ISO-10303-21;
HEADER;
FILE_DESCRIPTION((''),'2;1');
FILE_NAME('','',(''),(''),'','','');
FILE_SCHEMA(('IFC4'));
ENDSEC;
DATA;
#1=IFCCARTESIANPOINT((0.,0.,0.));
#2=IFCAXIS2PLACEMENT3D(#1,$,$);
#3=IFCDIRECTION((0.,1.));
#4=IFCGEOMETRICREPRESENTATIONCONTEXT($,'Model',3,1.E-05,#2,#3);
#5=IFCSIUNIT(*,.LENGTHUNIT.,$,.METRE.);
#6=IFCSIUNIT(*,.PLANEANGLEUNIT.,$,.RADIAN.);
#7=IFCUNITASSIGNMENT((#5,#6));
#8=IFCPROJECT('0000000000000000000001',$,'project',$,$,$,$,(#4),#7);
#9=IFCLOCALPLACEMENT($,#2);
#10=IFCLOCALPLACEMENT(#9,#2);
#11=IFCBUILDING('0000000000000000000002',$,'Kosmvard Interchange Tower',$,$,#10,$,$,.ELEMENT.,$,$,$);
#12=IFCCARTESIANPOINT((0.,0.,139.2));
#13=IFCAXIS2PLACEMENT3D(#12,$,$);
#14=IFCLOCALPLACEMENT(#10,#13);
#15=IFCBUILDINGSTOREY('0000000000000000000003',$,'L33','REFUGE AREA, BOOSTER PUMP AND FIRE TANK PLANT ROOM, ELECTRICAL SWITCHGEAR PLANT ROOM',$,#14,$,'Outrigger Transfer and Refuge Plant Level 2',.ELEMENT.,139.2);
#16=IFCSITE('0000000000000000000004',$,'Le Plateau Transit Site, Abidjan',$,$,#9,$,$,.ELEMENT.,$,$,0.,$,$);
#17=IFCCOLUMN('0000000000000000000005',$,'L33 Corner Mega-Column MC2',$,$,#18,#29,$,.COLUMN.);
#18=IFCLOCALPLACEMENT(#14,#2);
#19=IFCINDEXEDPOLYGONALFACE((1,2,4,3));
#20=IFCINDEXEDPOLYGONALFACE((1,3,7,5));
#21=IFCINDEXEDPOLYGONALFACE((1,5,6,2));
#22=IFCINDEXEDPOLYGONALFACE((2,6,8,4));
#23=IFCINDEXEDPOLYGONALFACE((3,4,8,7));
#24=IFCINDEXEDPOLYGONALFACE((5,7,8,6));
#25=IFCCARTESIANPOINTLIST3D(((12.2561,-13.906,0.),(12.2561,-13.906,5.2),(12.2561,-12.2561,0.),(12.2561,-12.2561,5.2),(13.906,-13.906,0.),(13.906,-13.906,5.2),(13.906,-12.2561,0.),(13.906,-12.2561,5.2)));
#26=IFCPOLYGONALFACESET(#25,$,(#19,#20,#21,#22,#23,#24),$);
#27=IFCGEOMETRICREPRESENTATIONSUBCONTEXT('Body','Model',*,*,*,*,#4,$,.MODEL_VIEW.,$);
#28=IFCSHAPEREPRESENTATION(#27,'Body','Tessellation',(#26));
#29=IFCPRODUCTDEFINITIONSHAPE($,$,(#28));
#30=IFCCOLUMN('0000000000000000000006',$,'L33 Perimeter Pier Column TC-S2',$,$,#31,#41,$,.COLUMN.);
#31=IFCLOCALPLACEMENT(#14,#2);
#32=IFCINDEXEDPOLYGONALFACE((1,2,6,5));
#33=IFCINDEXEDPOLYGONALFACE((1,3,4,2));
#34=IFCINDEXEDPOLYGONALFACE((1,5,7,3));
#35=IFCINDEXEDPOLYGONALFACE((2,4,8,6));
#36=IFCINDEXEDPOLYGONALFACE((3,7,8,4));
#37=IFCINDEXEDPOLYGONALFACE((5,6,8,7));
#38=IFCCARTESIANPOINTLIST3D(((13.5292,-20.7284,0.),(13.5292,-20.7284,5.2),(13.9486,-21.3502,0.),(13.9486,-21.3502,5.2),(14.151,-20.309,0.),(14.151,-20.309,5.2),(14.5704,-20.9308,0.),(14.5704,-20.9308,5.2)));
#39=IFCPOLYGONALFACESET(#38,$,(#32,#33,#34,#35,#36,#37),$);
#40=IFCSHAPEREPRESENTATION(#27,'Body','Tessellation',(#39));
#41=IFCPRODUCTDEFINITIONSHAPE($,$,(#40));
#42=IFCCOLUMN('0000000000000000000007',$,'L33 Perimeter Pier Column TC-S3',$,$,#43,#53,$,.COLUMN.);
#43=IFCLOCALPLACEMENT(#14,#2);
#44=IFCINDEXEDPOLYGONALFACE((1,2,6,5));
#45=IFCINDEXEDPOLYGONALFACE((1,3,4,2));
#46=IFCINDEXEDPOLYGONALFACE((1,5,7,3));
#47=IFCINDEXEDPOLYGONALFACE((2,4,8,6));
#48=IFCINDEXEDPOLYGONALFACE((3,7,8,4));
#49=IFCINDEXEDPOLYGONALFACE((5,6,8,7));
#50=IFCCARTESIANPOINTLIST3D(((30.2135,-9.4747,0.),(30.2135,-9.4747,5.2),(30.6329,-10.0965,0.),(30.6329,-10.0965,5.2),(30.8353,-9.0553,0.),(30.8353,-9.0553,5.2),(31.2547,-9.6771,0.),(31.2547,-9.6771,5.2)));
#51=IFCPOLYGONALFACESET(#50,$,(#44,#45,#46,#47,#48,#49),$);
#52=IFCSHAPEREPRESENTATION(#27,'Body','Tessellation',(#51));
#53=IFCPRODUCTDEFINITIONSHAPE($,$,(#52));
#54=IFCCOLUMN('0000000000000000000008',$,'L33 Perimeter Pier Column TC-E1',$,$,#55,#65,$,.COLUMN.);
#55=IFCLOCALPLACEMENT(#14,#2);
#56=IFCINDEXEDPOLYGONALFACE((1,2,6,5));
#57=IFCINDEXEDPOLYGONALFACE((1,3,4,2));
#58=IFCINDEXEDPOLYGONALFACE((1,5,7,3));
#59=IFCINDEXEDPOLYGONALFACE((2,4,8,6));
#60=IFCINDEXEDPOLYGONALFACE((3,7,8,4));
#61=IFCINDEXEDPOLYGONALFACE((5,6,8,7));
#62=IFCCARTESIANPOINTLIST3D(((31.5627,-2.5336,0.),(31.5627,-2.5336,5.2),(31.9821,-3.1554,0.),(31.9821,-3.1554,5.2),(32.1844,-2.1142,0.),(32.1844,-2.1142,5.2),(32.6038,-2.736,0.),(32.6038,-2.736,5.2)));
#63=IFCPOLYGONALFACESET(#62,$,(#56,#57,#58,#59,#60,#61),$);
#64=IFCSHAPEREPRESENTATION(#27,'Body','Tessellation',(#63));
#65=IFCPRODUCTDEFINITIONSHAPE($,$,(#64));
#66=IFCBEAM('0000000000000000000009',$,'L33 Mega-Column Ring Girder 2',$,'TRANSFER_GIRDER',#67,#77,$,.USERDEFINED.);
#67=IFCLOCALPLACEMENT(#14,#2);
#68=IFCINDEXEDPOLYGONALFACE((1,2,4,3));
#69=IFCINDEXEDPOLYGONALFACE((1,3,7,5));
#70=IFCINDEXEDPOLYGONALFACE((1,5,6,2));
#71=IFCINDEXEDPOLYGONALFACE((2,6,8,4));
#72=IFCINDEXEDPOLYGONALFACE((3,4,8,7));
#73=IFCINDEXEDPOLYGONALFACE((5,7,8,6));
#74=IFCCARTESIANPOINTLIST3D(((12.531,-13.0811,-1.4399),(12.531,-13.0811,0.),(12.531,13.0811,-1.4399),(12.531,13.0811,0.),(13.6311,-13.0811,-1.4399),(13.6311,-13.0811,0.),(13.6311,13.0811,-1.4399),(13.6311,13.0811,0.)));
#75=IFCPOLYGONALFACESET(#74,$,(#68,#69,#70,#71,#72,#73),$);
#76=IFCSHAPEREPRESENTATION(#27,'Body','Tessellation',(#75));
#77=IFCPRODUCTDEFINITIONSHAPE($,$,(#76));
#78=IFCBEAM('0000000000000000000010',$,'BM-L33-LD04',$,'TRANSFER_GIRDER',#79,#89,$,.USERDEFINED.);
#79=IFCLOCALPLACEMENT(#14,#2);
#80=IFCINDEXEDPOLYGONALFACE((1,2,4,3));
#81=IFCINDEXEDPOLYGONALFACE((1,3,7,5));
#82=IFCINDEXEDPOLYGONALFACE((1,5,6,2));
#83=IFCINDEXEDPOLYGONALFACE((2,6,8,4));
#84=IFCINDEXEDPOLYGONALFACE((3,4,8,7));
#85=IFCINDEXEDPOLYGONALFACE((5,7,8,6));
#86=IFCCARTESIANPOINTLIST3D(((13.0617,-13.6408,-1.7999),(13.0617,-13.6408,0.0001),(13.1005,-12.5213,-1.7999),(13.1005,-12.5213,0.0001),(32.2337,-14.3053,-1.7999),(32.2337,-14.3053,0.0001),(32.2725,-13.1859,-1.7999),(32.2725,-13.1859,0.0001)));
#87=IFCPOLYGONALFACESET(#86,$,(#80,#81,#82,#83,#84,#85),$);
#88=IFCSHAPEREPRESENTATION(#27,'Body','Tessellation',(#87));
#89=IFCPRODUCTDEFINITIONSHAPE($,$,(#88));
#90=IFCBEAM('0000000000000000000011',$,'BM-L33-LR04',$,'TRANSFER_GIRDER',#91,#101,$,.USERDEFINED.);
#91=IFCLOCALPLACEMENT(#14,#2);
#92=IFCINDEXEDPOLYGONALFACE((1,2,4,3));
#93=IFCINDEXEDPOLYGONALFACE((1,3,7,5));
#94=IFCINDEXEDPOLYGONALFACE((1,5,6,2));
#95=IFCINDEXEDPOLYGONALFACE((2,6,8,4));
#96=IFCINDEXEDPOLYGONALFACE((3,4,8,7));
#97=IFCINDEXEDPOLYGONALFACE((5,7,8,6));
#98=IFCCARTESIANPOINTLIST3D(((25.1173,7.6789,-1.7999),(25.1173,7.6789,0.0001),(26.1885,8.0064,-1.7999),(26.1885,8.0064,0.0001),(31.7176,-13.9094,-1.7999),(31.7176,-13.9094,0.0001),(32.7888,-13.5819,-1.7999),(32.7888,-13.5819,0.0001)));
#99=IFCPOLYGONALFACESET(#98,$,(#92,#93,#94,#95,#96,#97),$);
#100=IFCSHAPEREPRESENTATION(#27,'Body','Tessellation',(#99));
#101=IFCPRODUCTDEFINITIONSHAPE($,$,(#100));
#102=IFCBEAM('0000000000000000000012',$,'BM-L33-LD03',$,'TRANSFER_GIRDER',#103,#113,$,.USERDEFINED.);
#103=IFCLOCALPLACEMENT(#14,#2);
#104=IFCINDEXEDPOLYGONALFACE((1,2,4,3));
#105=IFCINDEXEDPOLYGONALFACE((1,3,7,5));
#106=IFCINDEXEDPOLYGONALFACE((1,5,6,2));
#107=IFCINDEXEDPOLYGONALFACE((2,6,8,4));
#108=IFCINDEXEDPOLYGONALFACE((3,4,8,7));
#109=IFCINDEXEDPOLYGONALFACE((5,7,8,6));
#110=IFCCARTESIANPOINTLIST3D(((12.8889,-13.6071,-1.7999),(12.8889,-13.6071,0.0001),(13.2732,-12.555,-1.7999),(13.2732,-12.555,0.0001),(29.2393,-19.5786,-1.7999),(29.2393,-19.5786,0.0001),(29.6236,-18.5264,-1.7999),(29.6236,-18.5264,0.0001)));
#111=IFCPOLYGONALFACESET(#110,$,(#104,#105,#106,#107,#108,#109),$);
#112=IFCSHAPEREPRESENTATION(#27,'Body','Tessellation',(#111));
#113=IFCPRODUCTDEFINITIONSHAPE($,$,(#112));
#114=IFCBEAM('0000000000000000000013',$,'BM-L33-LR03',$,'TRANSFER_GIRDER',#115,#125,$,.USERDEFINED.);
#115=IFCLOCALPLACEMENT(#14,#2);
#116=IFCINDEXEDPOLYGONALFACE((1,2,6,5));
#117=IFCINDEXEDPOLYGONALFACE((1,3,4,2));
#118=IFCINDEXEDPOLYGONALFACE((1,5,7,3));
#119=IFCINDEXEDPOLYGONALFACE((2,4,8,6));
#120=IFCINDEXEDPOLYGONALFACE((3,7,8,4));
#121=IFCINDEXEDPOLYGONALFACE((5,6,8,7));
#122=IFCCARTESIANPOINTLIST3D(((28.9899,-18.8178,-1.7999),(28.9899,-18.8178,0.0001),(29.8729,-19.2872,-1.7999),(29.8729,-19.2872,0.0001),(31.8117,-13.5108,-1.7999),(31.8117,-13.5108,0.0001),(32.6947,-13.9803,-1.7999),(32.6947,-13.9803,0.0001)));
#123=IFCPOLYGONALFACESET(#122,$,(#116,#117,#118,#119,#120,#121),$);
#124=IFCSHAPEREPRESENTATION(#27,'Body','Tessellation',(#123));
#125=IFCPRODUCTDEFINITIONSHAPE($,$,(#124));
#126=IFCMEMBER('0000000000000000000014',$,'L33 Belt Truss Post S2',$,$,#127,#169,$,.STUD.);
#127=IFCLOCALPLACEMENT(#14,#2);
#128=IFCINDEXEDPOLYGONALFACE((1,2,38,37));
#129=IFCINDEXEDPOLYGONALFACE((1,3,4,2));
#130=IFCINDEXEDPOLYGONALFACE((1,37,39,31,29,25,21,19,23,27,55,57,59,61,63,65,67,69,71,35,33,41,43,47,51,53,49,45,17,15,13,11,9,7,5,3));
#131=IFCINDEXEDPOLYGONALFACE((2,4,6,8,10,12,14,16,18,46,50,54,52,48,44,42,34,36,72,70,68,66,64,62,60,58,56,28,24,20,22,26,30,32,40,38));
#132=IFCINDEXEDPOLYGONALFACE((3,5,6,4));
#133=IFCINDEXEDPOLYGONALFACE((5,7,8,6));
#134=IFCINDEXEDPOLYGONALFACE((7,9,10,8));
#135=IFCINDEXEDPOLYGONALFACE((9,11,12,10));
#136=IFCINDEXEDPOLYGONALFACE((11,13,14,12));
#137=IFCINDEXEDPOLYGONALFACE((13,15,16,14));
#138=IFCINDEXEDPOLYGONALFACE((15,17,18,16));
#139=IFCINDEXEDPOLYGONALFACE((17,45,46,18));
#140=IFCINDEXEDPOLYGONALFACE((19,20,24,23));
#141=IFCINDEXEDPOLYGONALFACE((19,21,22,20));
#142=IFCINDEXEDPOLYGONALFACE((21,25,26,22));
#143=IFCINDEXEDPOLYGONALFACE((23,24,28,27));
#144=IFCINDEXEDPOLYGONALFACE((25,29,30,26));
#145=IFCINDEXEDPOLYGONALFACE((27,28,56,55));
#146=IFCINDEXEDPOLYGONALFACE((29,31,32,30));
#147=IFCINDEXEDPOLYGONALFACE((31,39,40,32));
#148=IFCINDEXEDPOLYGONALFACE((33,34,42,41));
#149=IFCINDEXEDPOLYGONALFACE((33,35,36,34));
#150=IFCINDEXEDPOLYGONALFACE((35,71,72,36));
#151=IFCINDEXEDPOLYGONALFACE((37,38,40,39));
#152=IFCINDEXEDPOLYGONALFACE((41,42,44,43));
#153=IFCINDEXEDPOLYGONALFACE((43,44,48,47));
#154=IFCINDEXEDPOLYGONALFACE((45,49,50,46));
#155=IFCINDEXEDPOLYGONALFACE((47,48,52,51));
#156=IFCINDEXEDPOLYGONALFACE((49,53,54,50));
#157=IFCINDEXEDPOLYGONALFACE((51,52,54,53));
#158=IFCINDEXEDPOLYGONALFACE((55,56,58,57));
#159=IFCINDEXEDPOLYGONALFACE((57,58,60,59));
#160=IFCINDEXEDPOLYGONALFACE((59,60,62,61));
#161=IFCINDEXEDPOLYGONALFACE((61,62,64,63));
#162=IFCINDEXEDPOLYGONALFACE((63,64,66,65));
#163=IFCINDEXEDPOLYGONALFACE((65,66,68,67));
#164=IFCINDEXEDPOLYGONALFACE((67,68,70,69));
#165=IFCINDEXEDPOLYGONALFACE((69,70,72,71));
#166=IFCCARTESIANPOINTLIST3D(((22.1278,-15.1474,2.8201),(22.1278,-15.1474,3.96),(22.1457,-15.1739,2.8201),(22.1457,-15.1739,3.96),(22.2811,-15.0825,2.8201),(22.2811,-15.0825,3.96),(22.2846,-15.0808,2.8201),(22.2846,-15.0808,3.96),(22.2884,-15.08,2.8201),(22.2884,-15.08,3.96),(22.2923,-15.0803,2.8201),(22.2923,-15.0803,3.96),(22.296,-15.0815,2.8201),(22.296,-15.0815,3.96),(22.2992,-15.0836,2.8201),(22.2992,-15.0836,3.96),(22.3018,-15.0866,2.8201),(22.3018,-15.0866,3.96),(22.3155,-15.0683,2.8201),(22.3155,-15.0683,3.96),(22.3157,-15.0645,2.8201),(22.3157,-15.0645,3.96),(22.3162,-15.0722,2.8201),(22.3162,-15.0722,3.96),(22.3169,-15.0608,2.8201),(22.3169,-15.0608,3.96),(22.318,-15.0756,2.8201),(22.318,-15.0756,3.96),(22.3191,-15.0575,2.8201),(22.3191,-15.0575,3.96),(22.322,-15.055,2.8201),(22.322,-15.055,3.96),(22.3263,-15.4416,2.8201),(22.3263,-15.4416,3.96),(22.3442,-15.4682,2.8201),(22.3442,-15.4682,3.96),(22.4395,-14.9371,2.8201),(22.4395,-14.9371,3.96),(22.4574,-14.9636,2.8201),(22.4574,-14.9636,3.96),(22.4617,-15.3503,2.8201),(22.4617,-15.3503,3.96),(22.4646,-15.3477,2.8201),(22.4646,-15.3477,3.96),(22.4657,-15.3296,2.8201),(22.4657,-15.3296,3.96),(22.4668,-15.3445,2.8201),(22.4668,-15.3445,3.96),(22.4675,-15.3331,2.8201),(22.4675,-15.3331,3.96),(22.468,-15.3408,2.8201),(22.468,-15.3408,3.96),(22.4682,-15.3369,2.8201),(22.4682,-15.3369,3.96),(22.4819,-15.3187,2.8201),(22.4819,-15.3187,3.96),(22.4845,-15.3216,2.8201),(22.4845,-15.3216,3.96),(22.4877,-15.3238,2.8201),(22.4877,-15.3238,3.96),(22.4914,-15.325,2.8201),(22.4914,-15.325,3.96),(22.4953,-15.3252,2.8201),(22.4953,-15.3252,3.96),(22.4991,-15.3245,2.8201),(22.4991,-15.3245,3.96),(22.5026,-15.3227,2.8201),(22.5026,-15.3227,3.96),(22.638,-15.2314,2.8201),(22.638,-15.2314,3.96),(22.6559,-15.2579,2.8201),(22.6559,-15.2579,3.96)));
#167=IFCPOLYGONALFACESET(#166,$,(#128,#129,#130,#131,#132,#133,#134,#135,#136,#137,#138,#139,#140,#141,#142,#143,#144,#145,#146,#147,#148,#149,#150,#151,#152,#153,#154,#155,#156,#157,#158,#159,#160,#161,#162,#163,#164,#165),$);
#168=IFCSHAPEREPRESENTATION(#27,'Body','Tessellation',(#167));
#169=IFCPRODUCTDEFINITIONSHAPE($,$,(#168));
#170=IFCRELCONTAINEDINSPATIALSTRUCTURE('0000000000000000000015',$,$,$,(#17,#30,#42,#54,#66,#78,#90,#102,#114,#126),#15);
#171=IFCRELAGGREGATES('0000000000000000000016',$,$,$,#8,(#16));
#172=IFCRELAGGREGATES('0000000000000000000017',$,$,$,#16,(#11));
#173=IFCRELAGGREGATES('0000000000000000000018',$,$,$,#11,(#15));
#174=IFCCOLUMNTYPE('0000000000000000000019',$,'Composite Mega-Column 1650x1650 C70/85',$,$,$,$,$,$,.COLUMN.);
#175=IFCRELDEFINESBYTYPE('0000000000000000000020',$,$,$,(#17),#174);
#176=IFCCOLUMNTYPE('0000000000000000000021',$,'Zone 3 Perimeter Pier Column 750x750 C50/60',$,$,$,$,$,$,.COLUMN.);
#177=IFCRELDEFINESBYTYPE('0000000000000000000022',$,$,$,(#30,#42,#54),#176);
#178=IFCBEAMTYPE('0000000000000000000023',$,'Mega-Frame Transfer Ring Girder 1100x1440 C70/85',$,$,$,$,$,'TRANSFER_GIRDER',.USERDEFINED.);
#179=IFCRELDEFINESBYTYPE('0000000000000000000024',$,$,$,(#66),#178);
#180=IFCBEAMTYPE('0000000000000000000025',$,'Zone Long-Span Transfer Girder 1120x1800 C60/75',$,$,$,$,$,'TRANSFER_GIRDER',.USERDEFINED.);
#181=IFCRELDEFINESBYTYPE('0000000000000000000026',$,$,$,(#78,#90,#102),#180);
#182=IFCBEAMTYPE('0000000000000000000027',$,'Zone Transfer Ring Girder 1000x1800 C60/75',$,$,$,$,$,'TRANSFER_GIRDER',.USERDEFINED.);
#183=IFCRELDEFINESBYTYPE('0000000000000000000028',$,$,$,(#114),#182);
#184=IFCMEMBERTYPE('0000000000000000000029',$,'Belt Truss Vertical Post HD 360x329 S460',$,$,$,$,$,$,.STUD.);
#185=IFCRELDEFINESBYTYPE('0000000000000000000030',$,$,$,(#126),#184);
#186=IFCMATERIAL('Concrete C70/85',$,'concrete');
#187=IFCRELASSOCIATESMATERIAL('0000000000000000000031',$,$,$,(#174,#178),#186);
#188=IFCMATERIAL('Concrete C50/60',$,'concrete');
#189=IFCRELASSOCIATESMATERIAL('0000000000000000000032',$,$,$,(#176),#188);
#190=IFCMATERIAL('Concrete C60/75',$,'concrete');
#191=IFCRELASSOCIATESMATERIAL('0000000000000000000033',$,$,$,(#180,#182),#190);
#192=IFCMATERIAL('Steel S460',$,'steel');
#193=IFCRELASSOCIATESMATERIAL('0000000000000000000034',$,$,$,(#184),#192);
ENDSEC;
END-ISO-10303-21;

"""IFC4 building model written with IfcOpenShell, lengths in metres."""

from ifc_helpers import new_model, si_unit, direction, frame, origin, origin_2d, place, context, subcontext, project, spatial, rectangle, i_section, extrude, source, transform, mapped, material, material_profile, profile_set, type_object, element, save


model = new_model("IFC4")

# Units and contexts
model_context = context("Model", 3, precision=1e-05, world=origin(), true_north=direction((0.0, 1.0)))
body_context = subcontext(model_context, "Body", "Model", "MODEL_VIEW")
ifc_project = project(units=[si_unit("LENGTHUNIT", "METRE"), si_unit("PLANEANGLEUNIT", "RADIAN")], contexts=[model_context])

# Site, building, storey
site_placement = place(None, origin())
site = spatial("IfcSite", under=ifc_project, at=site_placement, Name="Le Plateau Transit Site, Abidjan", CompositionType="ELEMENT", RefElevation=0.0)
building_placement = place(site_placement, origin())
building = spatial("IfcBuilding", under=site, at=building_placement, Name="Kosmvard Interchange Tower", CompositionType="ELEMENT")
storey_placement = place(building_placement, frame((0.0, 0.0, 139.2)))
storey = spatial("IfcBuildingStorey", under=building, at=storey_placement, Name="L33", Description="REFUGE AREA, BOOSTER PUMP AND FIRE TANK PLANT ROOM, ELECTRICAL SWITCHGEAR PLANT ROOM", LongName="Outrigger Transfer and Refuge Plant Level 2", CompositionType="ELEMENT", Elevation=139.2)

# Columns
ifc_material_1 = material(Name="Concrete C70/85", Category="concrete")
ifc_material_profile_1 = material_profile(ifc_material_1, rectangle(XDim=1.6499, YDim=1.6499, at=origin_2d()), Name="MC 1650x1650")
ifc_profile_set_1 = profile_set([ifc_material_profile_1], Name="Concrete C70/85")
column_type_1 = type_object("IfcColumnType", Name="Composite Mega-Column 1650x1650 C70/85", PredefinedType="COLUMN", material=ifc_profile_set_1)
shared_shape_1 = source(origin(), body_context, "Body", "SweptSolid", [
    extrude(rectangle(XDim=1.6499, YDim=1.6499, at=origin_2d()), origin(), (0.0, 0.0, 1.0), 5.2),
])
column_placement = place(storey_placement, frame((13.0811, -13.0811, 0.0), z_axis=(0.0, 0.0, 1.0), x_axis=(1.0, 0.0, 0.0)))
element("IfcColumn", 1, at=column_placement, inside=storey, type_object=column_type_1, Name="L33 Corner Mega-Column MC2", PredefinedType="COLUMN", context=body_context, shape_type="MappedRepresentation", body=[
    mapped(shared_shape_1, transform((0.0, 0.0, 0.0), scale=1.0)),
])
ifc_material_2 = material(Name="Concrete C50/60", Category="concrete")
ifc_material_profile_2 = material_profile(ifc_material_2, rectangle(XDim=0.75, YDim=0.75, at=origin_2d()), Name="TC 750x750")
ifc_profile_set_2 = profile_set([ifc_material_profile_2], Name="Concrete C50/60")
column_type_2 = type_object("IfcColumnType", Name="Zone 3 Perimeter Pier Column 750x750 C50/60", PredefinedType="COLUMN", material=ifc_profile_set_2)
shared_shape_2 = source(origin(), body_context, "Body", "SweptSolid", [
    extrude(rectangle(XDim=0.75, YDim=0.75, at=origin_2d()), origin(), (0.0, 0.0, 1.0), 5.2),
])
for number, where, z_axis, x_axis, name in (
    (2, (14.0498, -20.8296, 0.0), (0.0, 0.0, 1.0), (0.829038, 0.559193, 0.0), "L33 Perimeter Pier Column TC-S2"),
    (3, (30.7341, -9.5759, 0.0), (0.0, 0.0, 1.0), (0.829038, 0.559193, 0.0), "L33 Perimeter Pier Column TC-S3"),
    (4, (32.0833, -2.6348, 0.0), (0.0, 0.0, 1.0), (0.829038, 0.559193, 0.0), "L33 Perimeter Pier Column TC-E1"),
):
    element("IfcColumn", number, at=place(storey_placement, frame(where, z_axis=z_axis, x_axis=x_axis)), inside=storey, type_object=column_type_2, Name=name, PredefinedType="COLUMN", context=body_context, shape_type="MappedRepresentation", body=[
        mapped(shared_shape_2, transform((0.0, 0.0, 0.0), scale=1.0)),
    ])

# Beams
ifc_material_profile_3 = material_profile(ifc_material_1, rectangle(XDim=1.1001, YDim=1.4399, at=origin_2d()), Name="TG 1100x1440")
ifc_profile_set_3 = profile_set([ifc_material_profile_3], Name="Concrete C70/85")
beam_type_1 = type_object("IfcBeamType", Name="Mega-Frame Transfer Ring Girder 1100x1440 C70/85", ElementType="TRANSFER_GIRDER", PredefinedType="USERDEFINED", material=ifc_profile_set_3)
shared_shape_3 = source(origin(), body_context, "Body", "SweptSolid", [
    extrude(rectangle(XDim=1.1001, YDim=1.4399, at=origin_2d()), origin(), (0.0, 0.0, 1.0), 26.1621),
])
beam_1_placement = place(storey_placement, frame((13.0811, -13.0811, -0.72), z_axis=(0.0, 1.0, 0.0), x_axis=(-1.0, 0.0, 0.0)))
element("IfcBeam", 5, at=beam_1_placement, inside=storey, type_object=beam_type_1, Name="L33 Mega-Column Ring Girder 2", ObjectType="TRANSFER_GIRDER", PredefinedType="USERDEFINED", context=body_context, shape_type="MappedRepresentation", body=[
    mapped(shared_shape_3, transform((0.0, 0.0, 0.0), scale=1.0)),
])
ifc_material_3 = material(Name="Concrete C60/75", Category="concrete")
ifc_material_profile_4 = material_profile(ifc_material_3, rectangle(XDim=1.1201, YDim=1.8, at=origin_2d()), Name="TG 1120x1800")
ifc_profile_set_4 = profile_set([ifc_material_profile_4], Name="Concrete C60/75")
beam_type_2 = type_object("IfcBeamType", Name="Zone Long-Span Transfer Girder 1120x1800 C60/75", ElementType="TRANSFER_GIRDER", PredefinedType="USERDEFINED", material=ifc_profile_set_4)
shared_shape_4 = source(origin(), body_context, "Body", "SweptSolid", [
    extrude(rectangle(XDim=1.1201, YDim=1.8, at=origin_2d()), origin(), (0.0, 0.0, 1.0), 19.1836),
])
beam_2_placement = place(storey_placement, frame((13.0811, -13.0811, -0.8999), z_axis=(0.9994, -0.034642, 0.0), x_axis=(0.034642, 0.9994, 0.0)))
element("IfcBeam", 6, at=beam_2_placement, inside=storey, type_object=beam_type_2, Name="BM-L33-LD04", ObjectType="TRANSFER_GIRDER", PredefinedType="USERDEFINED", context=body_context, shape_type="MappedRepresentation", body=[
    mapped(shared_shape_4, transform((0.0, 0.0, 0.0), scale=1.0)),
])
shared_shape_5 = source(origin(), body_context, "Body", "SweptSolid", [
    extrude(rectangle(XDim=1.1201, YDim=1.8, at=origin_2d()), origin(), (0.0, 0.0, 1.0), 22.5747),
])
beam_3_placement = place(storey_placement, frame((32.2532, -13.7456, -0.8999), z_axis=(-0.292376, 0.956303, 0.0), x_axis=(-0.956303, -0.292376, 0.0)))
element("IfcBeam", 7, at=beam_3_placement, inside=storey, type_object=beam_type_2, Name="BM-L33-LR04", ObjectType="TRANSFER_GIRDER", PredefinedType="USERDEFINED", context=body_context, shape_type="MappedRepresentation", body=[
    mapped(shared_shape_5, transform((0.0, 0.0, 0.0), scale=1.0)),
])
shared_shape_6 = source(origin(), body_context, "Body", "SweptSolid", [
    extrude(rectangle(XDim=1.1201, YDim=1.8, at=origin_2d()), origin(), (0.0, 0.0, 1.0), 17.4067),
])
beam_4_placement = place(storey_placement, frame((13.0811, -13.0811, -0.8999), z_axis=(0.939315, -0.343055, 0.0), x_axis=(0.343055, 0.939315, 0.0)))
element("IfcBeam", 8, at=beam_4_placement, inside=storey, type_object=beam_type_2, Name="BM-L33-LD03", ObjectType="TRANSFER_GIRDER", PredefinedType="USERDEFINED", context=body_context, shape_type="MappedRepresentation", body=[
    mapped(shared_shape_6, transform((0.0, 0.0, 0.0), scale=1.0)),
])
ifc_material_profile_5 = material_profile(ifc_material_3, rectangle(XDim=1.0, YDim=1.8, at=origin_2d()), Name="TG 1000x1800")
ifc_profile_set_5 = profile_set([ifc_material_profile_5], Name="Concrete C60/75")
beam_type_3 = type_object("IfcBeamType", Name="Zone Transfer Ring Girder 1000x1800 C60/75", ElementType="TRANSFER_GIRDER", PredefinedType="USERDEFINED", material=ifc_profile_set_5)
shared_shape_7 = source(origin(), body_context, "Body", "SweptSolid", [
    extrude(rectangle(XDim=1.0, YDim=1.8, at=origin_2d()), origin(), (0.0, 0.0, 1.0), 6.0105),
])
beam_5_placement = place(storey_placement, frame((29.4314, -19.0525, -0.8999), z_axis=(0.469479, 0.882944, 0.0), x_axis=(-0.882944, 0.469479, 0.0)))
element("IfcBeam", 9, at=beam_5_placement, inside=storey, type_object=beam_type_3, Name="BM-L33-LR03", ObjectType="TRANSFER_GIRDER", PredefinedType="USERDEFINED", context=body_context, shape_type="MappedRepresentation", body=[
    mapped(shared_shape_7, transform((0.0, 0.0, 0.0), scale=1.0)),
])

# Member
ifc_material_4 = material(Name="Steel S460", Category="steel")
ifc_material_profile_6 = material_profile(ifc_material_4, i_section(OverallWidth=0.376, OverallDepth=0.387, WebThickness=0.0195, FlangeThickness=0.032, FilletRadius=0.0149, at=origin_2d()), Name="HD 360x329")
ifc_profile_set_6 = profile_set([ifc_material_profile_6], Name="Steel S460")
member_type_1 = type_object("IfcMemberType", Name="Belt Truss Vertical Post HD 360x329 S460", PredefinedType="STUD", material=ifc_profile_set_6)
shared_shape_8 = source(origin(), body_context, "Body", "SweptSolid", [
    extrude(i_section(OverallWidth=0.376, OverallDepth=0.387, WebThickness=0.0195, FlangeThickness=0.032, FilletRadius=0.0149, at=origin_2d()), origin(), (0.0, 0.0, 1.0), 1.1399),
])
member_1_placement = place(storey_placement, frame((22.3918, -15.2026, 2.8201), z_axis=(0.0, 0.0, 1.0), x_axis=(0.829038, 0.559193, 0.0)))
element("IfcMember", 10, at=member_1_placement, inside=storey, type_object=member_type_1, Name="L33 Belt Truss Post S2", PredefinedType="STUD", context=body_context, shape_type="MappedRepresentation", body=[
    mapped(shared_shape_8, transform((0.0, 0.0, 0.0), scale=1.0)),
])

save(model, "model.ifc")
